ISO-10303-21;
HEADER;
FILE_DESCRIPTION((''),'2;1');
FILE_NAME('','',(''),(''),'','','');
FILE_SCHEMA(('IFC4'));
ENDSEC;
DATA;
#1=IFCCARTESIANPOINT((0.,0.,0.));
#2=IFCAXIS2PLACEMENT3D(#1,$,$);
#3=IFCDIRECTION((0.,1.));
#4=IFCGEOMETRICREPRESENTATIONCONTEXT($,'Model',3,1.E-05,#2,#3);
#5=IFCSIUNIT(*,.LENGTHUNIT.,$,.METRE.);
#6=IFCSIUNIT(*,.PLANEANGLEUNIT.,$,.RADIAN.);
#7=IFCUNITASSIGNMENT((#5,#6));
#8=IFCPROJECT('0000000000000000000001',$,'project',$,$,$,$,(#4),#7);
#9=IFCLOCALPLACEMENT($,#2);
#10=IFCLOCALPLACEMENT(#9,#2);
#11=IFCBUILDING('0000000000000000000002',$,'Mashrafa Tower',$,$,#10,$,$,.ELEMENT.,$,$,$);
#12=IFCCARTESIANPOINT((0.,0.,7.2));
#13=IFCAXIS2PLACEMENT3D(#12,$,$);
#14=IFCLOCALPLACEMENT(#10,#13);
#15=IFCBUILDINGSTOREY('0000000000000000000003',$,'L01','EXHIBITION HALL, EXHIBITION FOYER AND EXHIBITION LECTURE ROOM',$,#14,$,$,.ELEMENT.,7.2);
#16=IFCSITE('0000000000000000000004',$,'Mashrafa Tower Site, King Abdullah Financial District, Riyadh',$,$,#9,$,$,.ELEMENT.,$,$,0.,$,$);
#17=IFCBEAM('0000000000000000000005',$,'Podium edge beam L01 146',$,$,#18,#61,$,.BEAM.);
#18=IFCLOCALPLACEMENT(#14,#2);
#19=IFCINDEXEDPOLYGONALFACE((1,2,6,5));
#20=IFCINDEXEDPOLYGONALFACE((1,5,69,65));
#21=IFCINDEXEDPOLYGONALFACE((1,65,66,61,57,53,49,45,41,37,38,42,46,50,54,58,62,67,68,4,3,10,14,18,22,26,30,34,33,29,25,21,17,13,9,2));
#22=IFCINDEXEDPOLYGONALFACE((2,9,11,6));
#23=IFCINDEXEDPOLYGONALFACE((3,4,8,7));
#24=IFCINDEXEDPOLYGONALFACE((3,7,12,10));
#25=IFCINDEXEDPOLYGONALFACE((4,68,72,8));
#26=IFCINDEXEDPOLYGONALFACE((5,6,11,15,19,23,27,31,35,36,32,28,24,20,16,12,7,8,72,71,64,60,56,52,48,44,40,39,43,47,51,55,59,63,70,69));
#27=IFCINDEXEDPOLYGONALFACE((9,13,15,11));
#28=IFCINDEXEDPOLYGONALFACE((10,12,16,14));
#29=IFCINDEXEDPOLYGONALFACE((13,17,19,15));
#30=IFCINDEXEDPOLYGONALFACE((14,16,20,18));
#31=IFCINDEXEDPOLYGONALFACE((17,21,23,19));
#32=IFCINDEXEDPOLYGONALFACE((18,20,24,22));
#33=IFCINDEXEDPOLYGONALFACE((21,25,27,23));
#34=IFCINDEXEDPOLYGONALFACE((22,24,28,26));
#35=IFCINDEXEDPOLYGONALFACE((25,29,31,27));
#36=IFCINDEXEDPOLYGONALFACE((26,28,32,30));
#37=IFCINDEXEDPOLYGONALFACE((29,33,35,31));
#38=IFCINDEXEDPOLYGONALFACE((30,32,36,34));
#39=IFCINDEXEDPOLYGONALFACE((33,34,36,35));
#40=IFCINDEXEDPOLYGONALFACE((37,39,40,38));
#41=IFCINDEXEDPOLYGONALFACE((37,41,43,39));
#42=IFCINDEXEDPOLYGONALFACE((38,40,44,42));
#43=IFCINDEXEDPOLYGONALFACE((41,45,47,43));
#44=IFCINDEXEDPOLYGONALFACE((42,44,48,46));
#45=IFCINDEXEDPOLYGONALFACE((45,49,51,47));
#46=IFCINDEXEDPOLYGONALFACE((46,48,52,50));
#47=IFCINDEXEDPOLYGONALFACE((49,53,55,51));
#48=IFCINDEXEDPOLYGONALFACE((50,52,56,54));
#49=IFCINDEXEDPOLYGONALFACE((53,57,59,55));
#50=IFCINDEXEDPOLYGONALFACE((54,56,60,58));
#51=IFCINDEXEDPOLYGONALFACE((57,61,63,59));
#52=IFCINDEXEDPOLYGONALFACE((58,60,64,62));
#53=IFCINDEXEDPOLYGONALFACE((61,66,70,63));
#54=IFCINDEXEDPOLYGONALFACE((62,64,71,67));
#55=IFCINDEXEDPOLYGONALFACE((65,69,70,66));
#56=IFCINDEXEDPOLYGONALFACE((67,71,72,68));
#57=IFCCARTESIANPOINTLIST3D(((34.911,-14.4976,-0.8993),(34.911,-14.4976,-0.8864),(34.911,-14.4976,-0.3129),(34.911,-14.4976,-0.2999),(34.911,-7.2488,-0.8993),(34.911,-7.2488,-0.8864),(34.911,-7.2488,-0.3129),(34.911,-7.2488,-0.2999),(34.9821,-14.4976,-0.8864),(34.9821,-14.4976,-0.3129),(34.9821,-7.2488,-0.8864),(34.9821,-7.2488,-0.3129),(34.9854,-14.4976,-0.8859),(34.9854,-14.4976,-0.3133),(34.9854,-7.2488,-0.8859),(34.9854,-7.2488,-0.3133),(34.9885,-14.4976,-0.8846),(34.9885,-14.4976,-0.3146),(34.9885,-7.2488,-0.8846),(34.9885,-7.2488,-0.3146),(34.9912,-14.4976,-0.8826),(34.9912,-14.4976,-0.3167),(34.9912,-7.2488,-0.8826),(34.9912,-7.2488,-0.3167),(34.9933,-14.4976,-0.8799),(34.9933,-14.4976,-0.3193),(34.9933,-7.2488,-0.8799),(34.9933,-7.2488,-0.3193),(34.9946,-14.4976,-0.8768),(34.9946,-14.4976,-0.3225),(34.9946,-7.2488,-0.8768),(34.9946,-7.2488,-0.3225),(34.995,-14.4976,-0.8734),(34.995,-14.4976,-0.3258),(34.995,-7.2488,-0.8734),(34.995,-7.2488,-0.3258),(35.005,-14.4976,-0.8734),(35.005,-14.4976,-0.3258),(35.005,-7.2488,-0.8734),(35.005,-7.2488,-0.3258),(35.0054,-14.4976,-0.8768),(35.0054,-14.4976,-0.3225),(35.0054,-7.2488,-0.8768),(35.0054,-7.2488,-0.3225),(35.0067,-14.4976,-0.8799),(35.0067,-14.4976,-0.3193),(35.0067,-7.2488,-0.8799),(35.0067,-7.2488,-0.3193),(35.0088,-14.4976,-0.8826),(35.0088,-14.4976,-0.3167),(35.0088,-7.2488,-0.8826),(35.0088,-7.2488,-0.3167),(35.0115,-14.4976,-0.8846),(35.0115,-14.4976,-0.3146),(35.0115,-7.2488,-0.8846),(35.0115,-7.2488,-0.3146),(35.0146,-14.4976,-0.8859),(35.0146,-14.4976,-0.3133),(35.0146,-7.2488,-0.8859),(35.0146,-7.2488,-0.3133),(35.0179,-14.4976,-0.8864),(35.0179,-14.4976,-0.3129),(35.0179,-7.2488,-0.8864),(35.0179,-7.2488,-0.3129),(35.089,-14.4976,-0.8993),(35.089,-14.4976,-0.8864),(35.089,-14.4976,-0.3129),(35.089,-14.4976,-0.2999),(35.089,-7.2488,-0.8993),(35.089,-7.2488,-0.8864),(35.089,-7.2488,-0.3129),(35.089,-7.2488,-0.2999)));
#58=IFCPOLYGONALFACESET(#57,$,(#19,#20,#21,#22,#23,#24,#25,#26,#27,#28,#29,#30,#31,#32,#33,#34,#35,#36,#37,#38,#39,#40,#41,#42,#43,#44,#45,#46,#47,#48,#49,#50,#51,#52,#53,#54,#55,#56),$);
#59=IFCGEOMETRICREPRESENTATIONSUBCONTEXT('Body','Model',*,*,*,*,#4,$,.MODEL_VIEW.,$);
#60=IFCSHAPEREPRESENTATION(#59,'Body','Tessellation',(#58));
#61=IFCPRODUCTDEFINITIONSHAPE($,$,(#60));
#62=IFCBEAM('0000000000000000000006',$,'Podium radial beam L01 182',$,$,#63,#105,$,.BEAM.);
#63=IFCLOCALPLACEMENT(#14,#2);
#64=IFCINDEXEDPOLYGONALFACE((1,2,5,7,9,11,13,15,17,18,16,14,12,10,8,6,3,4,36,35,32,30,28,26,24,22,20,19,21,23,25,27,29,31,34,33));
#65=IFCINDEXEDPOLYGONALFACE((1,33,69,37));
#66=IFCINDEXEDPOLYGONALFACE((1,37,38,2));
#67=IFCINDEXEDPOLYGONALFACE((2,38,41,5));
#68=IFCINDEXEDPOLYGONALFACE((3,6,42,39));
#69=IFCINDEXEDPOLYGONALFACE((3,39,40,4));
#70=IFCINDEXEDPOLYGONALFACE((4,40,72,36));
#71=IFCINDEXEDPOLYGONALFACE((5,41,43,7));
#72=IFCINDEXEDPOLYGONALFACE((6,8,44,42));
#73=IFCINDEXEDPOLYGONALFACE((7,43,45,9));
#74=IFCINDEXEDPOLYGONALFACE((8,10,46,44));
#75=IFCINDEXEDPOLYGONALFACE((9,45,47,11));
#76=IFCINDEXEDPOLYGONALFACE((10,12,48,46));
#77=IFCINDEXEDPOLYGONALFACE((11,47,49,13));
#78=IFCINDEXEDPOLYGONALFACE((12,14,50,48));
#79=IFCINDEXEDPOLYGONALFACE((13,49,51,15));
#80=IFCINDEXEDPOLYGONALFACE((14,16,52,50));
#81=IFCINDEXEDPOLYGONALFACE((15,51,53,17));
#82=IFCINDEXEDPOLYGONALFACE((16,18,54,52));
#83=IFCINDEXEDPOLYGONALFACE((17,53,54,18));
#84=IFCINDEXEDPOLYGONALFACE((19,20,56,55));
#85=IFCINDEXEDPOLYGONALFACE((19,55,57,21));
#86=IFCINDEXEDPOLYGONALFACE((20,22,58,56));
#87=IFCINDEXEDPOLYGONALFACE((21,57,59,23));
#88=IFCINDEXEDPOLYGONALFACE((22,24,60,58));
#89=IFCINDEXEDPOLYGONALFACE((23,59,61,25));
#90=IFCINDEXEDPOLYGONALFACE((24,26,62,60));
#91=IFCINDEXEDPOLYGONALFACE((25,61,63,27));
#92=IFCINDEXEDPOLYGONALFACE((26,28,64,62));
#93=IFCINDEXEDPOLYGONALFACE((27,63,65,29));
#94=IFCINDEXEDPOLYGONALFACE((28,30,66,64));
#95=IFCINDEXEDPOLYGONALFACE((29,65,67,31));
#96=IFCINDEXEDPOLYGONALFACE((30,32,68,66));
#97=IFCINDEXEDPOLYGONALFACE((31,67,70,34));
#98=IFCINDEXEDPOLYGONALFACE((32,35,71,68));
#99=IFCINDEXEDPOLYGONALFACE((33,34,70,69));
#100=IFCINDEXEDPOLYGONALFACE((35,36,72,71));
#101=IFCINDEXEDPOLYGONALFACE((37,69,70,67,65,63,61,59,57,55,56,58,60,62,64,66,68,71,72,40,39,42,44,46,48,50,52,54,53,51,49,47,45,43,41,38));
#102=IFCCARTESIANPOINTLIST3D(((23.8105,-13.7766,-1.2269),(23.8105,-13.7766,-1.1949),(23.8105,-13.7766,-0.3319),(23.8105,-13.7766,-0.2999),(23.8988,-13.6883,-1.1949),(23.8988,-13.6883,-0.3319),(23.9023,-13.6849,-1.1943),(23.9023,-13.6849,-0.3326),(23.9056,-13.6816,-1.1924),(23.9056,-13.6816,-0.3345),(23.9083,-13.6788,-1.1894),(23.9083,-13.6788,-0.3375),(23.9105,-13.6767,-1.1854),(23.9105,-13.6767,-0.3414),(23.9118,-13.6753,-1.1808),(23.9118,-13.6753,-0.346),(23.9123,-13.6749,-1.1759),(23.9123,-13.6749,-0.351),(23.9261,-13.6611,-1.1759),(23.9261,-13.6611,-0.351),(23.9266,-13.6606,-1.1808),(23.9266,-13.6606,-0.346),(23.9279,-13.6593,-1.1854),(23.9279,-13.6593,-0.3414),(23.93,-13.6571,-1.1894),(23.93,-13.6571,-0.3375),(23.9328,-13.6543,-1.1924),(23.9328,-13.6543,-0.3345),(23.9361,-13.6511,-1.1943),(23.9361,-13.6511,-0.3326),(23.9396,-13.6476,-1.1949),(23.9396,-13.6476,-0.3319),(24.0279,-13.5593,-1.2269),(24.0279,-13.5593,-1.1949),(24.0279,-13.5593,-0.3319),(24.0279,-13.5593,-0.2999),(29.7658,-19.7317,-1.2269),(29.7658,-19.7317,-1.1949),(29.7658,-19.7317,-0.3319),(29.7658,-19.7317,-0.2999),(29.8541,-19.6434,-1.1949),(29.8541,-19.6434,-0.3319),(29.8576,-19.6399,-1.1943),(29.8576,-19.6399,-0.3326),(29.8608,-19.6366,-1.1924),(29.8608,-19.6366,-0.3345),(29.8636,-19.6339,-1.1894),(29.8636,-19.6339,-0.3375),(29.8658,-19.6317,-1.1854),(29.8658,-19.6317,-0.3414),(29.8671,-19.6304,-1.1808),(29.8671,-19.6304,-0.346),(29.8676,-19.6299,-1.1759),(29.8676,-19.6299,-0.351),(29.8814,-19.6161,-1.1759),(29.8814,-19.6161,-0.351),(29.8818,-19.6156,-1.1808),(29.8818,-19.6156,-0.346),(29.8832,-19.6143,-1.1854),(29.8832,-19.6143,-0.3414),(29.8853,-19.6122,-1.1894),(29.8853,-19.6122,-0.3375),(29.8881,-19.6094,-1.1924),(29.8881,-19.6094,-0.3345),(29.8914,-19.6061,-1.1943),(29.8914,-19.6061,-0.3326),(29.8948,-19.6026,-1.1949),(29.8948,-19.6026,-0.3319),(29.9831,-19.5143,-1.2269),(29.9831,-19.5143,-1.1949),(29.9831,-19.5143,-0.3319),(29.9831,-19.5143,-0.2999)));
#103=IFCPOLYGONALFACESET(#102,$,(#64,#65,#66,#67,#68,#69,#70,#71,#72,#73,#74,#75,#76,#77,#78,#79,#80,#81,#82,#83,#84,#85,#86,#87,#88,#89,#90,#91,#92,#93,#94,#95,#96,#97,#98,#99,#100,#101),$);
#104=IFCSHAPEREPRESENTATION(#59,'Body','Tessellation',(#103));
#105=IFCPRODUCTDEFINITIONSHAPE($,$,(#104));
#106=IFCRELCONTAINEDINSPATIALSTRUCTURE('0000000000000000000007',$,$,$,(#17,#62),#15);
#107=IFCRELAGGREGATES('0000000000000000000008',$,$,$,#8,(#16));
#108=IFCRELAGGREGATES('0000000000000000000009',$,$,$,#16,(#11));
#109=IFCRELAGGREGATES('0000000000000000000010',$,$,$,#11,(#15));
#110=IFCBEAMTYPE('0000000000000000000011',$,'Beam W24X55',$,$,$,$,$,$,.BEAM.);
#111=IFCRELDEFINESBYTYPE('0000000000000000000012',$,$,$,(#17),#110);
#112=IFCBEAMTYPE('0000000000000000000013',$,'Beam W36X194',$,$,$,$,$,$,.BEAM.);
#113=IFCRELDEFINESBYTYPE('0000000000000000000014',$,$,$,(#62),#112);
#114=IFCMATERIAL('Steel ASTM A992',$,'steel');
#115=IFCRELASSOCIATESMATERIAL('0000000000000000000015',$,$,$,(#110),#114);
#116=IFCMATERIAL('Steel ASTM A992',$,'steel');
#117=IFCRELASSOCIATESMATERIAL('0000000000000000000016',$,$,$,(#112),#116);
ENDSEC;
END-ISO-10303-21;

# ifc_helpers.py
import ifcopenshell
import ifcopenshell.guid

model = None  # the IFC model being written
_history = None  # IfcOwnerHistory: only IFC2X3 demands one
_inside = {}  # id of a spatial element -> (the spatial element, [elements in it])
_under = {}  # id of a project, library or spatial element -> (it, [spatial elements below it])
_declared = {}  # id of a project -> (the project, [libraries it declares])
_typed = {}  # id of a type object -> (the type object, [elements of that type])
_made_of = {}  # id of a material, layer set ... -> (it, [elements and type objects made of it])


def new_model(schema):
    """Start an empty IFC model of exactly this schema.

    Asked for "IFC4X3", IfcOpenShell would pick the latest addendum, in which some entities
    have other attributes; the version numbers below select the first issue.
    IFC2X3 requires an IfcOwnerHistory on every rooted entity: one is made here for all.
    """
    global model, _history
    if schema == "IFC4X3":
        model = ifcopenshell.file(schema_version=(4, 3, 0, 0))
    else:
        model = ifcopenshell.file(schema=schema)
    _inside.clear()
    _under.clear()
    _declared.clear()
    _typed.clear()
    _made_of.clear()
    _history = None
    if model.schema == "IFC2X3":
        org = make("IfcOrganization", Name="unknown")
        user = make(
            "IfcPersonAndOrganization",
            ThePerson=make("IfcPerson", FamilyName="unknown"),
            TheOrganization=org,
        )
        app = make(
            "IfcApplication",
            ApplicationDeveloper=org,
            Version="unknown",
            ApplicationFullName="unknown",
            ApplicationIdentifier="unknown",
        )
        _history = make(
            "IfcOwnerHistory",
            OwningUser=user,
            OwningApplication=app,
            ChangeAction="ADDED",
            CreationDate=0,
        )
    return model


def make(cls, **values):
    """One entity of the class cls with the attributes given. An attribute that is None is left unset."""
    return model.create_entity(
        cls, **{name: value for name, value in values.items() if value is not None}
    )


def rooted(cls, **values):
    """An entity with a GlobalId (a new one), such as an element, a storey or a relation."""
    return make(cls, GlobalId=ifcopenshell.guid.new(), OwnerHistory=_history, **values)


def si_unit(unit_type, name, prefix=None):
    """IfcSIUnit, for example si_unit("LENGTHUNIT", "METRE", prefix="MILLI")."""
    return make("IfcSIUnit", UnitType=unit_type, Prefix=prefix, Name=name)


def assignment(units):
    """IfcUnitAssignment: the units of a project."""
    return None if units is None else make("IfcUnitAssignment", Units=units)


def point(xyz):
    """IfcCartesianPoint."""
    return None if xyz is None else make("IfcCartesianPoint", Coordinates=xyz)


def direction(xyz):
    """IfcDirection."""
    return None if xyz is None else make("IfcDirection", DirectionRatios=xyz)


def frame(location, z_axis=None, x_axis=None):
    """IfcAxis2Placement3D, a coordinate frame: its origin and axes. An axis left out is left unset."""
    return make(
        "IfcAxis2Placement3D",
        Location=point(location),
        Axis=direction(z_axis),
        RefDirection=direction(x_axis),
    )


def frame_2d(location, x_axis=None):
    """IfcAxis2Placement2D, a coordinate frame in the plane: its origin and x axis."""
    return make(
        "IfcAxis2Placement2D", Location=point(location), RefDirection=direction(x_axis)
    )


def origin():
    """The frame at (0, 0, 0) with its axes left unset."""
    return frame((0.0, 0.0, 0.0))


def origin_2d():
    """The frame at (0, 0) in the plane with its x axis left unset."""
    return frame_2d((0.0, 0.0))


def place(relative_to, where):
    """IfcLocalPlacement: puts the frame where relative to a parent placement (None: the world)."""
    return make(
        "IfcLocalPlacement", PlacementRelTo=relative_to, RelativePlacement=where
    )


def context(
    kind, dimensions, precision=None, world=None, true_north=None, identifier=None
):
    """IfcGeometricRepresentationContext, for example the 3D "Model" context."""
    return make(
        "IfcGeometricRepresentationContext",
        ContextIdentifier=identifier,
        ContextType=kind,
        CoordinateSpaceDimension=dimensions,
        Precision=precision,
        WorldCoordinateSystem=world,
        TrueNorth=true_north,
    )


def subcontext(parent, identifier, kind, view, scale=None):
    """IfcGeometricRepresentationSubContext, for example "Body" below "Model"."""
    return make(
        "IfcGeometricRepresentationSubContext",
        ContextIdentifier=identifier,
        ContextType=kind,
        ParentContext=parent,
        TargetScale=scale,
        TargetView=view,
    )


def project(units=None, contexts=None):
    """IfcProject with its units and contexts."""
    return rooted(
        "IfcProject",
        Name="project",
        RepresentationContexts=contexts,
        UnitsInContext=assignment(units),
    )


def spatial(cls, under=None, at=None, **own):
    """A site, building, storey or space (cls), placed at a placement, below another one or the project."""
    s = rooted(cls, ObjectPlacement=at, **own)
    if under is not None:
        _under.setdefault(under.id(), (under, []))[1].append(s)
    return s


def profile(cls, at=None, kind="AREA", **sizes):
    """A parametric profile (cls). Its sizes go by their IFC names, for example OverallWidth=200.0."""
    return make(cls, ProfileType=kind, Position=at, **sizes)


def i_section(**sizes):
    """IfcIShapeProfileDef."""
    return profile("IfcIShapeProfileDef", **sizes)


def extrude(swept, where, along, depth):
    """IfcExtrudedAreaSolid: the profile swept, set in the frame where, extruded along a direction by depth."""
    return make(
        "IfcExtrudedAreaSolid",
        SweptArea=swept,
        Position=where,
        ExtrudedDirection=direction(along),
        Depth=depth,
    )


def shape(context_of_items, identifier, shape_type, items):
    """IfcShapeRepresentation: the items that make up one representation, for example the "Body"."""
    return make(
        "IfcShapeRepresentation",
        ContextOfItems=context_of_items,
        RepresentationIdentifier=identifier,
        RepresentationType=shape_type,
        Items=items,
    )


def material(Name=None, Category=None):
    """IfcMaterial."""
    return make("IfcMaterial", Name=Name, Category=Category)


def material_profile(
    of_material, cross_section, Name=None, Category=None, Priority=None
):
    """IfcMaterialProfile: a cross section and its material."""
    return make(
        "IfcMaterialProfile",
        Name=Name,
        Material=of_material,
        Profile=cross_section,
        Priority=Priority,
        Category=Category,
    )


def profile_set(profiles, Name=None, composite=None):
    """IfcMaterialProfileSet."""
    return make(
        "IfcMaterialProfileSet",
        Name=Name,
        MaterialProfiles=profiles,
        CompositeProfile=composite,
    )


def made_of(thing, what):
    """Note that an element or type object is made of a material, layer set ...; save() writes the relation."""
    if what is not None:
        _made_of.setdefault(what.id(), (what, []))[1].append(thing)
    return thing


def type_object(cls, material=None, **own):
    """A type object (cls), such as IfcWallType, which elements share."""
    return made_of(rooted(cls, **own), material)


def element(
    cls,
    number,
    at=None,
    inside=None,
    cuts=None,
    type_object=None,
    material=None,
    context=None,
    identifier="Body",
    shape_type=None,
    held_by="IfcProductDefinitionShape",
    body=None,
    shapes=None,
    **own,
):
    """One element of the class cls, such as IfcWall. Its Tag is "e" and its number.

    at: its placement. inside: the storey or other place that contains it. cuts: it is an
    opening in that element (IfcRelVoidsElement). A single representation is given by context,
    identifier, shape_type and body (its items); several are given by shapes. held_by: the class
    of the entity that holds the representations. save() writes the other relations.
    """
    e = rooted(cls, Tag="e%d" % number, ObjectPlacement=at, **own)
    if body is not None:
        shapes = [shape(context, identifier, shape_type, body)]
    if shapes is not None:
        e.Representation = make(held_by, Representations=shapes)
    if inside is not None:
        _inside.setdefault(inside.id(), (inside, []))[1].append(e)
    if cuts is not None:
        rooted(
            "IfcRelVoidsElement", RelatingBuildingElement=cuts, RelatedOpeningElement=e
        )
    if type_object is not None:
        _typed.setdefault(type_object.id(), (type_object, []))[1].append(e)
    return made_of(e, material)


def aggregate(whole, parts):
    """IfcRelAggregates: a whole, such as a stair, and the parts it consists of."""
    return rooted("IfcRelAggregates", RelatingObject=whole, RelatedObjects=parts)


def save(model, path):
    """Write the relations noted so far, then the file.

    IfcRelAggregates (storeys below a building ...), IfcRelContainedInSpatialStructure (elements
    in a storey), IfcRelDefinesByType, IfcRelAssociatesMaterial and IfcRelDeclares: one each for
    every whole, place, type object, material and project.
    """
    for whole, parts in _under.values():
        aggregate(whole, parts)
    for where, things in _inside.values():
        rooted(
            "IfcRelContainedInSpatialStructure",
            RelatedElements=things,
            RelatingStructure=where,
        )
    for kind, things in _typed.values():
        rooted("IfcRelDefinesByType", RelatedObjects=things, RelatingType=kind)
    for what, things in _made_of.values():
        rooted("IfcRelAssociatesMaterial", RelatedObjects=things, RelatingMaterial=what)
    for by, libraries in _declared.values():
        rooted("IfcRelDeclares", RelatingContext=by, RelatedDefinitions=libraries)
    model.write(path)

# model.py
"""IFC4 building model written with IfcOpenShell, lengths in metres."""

from ifc_helpers import new_model, si_unit, direction, frame, origin, origin_2d, place, context, subcontext, project, spatial, i_section, extrude, material, material_profile, profile_set, type_object, element, save


model = new_model("IFC4")

# Units and contexts
model_context = context("Model", 3, precision=1e-05, world=origin(), true_north=direction((0.0, 1.0)))
body_context = subcontext(model_context, "Body", "Model", "MODEL_VIEW")
ifc_project = project(units=[si_unit("LENGTHUNIT", "METRE"), si_unit("PLANEANGLEUNIT", "RADIAN")], contexts=[model_context])

# Site, building, storey
site_placement = place(None, origin())
site = spatial("IfcSite", under=ifc_project, at=site_placement, Name="Mashrafa Tower Site, King Abdullah Financial District, Riyadh", CompositionType="ELEMENT", RefElevation=0.0)
building_placement = place(site_placement, origin())
building = spatial("IfcBuilding", under=site, at=building_placement, Name="Mashrafa Tower", CompositionType="ELEMENT")
storey_placement = place(building_placement, frame((0.0, 0.0, 7.2)))
storey = spatial("IfcBuildingStorey", under=building, at=storey_placement, Name="L01", Description="EXHIBITION HALL, EXHIBITION FOYER AND EXHIBITION LECTURE ROOM", CompositionType="ELEMENT", Elevation=7.2)

# Beams
ifc_material_1 = material(Name="Steel ASTM A992", Category="steel")
ifc_material_profile_1 = material_profile(ifc_material_1, i_section(OverallWidth=0.178, OverallDepth=0.5994, WebThickness=0.01, FlangeThickness=0.0129, FilletRadius=0.0129, at=origin_2d()), Name="W24X55")
ifc_profile_set_1 = profile_set([ifc_material_profile_1], Name="Steel ASTM A992")
beam_type_1 = type_object("IfcBeamType", Name="Beam W24X55", PredefinedType="BEAM", material=ifc_profile_set_1)
beam_1_placement = place(storey_placement, frame((35.0, -14.4976, -0.5996), z_axis=(0.0, 1.0, 0.0), x_axis=(-1.0, 0.0, 0.0)))
element("IfcBeam", 1, at=beam_1_placement, inside=storey, type_object=beam_type_1, Name="Podium edge beam L01 146", PredefinedType="BEAM", context=body_context, shape_type="SweptSolid", body=[
    extrude(i_section(OverallWidth=0.178, OverallDepth=0.5994, WebThickness=0.01, FlangeThickness=0.0129, FilletRadius=0.0129, at=origin_2d()), origin(), (0.0, 0.0, 1.0), 7.2488),
])
ifc_material_2 = material(Name="Steel ASTM A992", Category="steel")
ifc_material_profile_2 = material_profile(ifc_material_2, i_section(OverallWidth=0.3074, OverallDepth=0.927, WebThickness=0.0195, FlangeThickness=0.032, FilletRadius=0.019, at=origin_2d()), Name="W36X194")
ifc_profile_set_2 = profile_set([ifc_material_profile_2], Name="Steel ASTM A992")
beam_type_2 = type_object("IfcBeamType", Name="Beam W36X194", PredefinedType="BEAM", material=ifc_profile_set_2)
beam_2_placement = place(storey_placement, frame((23.9192, -13.668, -0.7634), z_axis=(0.707121, -0.707092, 0.0), x_axis=(0.707092, 0.707121, 0.0)))
element("IfcBeam", 2, at=beam_2_placement, inside=storey, type_object=beam_type_2, Name="Podium radial beam L01 182", PredefinedType="BEAM", context=body_context, shape_type="SweptSolid", body=[
    extrude(i_section(OverallWidth=0.3074, OverallDepth=0.927, WebThickness=0.0195, FlangeThickness=0.032, FilletRadius=0.019, at=origin_2d()), origin(), (0.0, 0.0, 1.0), 8.4219),
])

save(model, "model.ifc")
